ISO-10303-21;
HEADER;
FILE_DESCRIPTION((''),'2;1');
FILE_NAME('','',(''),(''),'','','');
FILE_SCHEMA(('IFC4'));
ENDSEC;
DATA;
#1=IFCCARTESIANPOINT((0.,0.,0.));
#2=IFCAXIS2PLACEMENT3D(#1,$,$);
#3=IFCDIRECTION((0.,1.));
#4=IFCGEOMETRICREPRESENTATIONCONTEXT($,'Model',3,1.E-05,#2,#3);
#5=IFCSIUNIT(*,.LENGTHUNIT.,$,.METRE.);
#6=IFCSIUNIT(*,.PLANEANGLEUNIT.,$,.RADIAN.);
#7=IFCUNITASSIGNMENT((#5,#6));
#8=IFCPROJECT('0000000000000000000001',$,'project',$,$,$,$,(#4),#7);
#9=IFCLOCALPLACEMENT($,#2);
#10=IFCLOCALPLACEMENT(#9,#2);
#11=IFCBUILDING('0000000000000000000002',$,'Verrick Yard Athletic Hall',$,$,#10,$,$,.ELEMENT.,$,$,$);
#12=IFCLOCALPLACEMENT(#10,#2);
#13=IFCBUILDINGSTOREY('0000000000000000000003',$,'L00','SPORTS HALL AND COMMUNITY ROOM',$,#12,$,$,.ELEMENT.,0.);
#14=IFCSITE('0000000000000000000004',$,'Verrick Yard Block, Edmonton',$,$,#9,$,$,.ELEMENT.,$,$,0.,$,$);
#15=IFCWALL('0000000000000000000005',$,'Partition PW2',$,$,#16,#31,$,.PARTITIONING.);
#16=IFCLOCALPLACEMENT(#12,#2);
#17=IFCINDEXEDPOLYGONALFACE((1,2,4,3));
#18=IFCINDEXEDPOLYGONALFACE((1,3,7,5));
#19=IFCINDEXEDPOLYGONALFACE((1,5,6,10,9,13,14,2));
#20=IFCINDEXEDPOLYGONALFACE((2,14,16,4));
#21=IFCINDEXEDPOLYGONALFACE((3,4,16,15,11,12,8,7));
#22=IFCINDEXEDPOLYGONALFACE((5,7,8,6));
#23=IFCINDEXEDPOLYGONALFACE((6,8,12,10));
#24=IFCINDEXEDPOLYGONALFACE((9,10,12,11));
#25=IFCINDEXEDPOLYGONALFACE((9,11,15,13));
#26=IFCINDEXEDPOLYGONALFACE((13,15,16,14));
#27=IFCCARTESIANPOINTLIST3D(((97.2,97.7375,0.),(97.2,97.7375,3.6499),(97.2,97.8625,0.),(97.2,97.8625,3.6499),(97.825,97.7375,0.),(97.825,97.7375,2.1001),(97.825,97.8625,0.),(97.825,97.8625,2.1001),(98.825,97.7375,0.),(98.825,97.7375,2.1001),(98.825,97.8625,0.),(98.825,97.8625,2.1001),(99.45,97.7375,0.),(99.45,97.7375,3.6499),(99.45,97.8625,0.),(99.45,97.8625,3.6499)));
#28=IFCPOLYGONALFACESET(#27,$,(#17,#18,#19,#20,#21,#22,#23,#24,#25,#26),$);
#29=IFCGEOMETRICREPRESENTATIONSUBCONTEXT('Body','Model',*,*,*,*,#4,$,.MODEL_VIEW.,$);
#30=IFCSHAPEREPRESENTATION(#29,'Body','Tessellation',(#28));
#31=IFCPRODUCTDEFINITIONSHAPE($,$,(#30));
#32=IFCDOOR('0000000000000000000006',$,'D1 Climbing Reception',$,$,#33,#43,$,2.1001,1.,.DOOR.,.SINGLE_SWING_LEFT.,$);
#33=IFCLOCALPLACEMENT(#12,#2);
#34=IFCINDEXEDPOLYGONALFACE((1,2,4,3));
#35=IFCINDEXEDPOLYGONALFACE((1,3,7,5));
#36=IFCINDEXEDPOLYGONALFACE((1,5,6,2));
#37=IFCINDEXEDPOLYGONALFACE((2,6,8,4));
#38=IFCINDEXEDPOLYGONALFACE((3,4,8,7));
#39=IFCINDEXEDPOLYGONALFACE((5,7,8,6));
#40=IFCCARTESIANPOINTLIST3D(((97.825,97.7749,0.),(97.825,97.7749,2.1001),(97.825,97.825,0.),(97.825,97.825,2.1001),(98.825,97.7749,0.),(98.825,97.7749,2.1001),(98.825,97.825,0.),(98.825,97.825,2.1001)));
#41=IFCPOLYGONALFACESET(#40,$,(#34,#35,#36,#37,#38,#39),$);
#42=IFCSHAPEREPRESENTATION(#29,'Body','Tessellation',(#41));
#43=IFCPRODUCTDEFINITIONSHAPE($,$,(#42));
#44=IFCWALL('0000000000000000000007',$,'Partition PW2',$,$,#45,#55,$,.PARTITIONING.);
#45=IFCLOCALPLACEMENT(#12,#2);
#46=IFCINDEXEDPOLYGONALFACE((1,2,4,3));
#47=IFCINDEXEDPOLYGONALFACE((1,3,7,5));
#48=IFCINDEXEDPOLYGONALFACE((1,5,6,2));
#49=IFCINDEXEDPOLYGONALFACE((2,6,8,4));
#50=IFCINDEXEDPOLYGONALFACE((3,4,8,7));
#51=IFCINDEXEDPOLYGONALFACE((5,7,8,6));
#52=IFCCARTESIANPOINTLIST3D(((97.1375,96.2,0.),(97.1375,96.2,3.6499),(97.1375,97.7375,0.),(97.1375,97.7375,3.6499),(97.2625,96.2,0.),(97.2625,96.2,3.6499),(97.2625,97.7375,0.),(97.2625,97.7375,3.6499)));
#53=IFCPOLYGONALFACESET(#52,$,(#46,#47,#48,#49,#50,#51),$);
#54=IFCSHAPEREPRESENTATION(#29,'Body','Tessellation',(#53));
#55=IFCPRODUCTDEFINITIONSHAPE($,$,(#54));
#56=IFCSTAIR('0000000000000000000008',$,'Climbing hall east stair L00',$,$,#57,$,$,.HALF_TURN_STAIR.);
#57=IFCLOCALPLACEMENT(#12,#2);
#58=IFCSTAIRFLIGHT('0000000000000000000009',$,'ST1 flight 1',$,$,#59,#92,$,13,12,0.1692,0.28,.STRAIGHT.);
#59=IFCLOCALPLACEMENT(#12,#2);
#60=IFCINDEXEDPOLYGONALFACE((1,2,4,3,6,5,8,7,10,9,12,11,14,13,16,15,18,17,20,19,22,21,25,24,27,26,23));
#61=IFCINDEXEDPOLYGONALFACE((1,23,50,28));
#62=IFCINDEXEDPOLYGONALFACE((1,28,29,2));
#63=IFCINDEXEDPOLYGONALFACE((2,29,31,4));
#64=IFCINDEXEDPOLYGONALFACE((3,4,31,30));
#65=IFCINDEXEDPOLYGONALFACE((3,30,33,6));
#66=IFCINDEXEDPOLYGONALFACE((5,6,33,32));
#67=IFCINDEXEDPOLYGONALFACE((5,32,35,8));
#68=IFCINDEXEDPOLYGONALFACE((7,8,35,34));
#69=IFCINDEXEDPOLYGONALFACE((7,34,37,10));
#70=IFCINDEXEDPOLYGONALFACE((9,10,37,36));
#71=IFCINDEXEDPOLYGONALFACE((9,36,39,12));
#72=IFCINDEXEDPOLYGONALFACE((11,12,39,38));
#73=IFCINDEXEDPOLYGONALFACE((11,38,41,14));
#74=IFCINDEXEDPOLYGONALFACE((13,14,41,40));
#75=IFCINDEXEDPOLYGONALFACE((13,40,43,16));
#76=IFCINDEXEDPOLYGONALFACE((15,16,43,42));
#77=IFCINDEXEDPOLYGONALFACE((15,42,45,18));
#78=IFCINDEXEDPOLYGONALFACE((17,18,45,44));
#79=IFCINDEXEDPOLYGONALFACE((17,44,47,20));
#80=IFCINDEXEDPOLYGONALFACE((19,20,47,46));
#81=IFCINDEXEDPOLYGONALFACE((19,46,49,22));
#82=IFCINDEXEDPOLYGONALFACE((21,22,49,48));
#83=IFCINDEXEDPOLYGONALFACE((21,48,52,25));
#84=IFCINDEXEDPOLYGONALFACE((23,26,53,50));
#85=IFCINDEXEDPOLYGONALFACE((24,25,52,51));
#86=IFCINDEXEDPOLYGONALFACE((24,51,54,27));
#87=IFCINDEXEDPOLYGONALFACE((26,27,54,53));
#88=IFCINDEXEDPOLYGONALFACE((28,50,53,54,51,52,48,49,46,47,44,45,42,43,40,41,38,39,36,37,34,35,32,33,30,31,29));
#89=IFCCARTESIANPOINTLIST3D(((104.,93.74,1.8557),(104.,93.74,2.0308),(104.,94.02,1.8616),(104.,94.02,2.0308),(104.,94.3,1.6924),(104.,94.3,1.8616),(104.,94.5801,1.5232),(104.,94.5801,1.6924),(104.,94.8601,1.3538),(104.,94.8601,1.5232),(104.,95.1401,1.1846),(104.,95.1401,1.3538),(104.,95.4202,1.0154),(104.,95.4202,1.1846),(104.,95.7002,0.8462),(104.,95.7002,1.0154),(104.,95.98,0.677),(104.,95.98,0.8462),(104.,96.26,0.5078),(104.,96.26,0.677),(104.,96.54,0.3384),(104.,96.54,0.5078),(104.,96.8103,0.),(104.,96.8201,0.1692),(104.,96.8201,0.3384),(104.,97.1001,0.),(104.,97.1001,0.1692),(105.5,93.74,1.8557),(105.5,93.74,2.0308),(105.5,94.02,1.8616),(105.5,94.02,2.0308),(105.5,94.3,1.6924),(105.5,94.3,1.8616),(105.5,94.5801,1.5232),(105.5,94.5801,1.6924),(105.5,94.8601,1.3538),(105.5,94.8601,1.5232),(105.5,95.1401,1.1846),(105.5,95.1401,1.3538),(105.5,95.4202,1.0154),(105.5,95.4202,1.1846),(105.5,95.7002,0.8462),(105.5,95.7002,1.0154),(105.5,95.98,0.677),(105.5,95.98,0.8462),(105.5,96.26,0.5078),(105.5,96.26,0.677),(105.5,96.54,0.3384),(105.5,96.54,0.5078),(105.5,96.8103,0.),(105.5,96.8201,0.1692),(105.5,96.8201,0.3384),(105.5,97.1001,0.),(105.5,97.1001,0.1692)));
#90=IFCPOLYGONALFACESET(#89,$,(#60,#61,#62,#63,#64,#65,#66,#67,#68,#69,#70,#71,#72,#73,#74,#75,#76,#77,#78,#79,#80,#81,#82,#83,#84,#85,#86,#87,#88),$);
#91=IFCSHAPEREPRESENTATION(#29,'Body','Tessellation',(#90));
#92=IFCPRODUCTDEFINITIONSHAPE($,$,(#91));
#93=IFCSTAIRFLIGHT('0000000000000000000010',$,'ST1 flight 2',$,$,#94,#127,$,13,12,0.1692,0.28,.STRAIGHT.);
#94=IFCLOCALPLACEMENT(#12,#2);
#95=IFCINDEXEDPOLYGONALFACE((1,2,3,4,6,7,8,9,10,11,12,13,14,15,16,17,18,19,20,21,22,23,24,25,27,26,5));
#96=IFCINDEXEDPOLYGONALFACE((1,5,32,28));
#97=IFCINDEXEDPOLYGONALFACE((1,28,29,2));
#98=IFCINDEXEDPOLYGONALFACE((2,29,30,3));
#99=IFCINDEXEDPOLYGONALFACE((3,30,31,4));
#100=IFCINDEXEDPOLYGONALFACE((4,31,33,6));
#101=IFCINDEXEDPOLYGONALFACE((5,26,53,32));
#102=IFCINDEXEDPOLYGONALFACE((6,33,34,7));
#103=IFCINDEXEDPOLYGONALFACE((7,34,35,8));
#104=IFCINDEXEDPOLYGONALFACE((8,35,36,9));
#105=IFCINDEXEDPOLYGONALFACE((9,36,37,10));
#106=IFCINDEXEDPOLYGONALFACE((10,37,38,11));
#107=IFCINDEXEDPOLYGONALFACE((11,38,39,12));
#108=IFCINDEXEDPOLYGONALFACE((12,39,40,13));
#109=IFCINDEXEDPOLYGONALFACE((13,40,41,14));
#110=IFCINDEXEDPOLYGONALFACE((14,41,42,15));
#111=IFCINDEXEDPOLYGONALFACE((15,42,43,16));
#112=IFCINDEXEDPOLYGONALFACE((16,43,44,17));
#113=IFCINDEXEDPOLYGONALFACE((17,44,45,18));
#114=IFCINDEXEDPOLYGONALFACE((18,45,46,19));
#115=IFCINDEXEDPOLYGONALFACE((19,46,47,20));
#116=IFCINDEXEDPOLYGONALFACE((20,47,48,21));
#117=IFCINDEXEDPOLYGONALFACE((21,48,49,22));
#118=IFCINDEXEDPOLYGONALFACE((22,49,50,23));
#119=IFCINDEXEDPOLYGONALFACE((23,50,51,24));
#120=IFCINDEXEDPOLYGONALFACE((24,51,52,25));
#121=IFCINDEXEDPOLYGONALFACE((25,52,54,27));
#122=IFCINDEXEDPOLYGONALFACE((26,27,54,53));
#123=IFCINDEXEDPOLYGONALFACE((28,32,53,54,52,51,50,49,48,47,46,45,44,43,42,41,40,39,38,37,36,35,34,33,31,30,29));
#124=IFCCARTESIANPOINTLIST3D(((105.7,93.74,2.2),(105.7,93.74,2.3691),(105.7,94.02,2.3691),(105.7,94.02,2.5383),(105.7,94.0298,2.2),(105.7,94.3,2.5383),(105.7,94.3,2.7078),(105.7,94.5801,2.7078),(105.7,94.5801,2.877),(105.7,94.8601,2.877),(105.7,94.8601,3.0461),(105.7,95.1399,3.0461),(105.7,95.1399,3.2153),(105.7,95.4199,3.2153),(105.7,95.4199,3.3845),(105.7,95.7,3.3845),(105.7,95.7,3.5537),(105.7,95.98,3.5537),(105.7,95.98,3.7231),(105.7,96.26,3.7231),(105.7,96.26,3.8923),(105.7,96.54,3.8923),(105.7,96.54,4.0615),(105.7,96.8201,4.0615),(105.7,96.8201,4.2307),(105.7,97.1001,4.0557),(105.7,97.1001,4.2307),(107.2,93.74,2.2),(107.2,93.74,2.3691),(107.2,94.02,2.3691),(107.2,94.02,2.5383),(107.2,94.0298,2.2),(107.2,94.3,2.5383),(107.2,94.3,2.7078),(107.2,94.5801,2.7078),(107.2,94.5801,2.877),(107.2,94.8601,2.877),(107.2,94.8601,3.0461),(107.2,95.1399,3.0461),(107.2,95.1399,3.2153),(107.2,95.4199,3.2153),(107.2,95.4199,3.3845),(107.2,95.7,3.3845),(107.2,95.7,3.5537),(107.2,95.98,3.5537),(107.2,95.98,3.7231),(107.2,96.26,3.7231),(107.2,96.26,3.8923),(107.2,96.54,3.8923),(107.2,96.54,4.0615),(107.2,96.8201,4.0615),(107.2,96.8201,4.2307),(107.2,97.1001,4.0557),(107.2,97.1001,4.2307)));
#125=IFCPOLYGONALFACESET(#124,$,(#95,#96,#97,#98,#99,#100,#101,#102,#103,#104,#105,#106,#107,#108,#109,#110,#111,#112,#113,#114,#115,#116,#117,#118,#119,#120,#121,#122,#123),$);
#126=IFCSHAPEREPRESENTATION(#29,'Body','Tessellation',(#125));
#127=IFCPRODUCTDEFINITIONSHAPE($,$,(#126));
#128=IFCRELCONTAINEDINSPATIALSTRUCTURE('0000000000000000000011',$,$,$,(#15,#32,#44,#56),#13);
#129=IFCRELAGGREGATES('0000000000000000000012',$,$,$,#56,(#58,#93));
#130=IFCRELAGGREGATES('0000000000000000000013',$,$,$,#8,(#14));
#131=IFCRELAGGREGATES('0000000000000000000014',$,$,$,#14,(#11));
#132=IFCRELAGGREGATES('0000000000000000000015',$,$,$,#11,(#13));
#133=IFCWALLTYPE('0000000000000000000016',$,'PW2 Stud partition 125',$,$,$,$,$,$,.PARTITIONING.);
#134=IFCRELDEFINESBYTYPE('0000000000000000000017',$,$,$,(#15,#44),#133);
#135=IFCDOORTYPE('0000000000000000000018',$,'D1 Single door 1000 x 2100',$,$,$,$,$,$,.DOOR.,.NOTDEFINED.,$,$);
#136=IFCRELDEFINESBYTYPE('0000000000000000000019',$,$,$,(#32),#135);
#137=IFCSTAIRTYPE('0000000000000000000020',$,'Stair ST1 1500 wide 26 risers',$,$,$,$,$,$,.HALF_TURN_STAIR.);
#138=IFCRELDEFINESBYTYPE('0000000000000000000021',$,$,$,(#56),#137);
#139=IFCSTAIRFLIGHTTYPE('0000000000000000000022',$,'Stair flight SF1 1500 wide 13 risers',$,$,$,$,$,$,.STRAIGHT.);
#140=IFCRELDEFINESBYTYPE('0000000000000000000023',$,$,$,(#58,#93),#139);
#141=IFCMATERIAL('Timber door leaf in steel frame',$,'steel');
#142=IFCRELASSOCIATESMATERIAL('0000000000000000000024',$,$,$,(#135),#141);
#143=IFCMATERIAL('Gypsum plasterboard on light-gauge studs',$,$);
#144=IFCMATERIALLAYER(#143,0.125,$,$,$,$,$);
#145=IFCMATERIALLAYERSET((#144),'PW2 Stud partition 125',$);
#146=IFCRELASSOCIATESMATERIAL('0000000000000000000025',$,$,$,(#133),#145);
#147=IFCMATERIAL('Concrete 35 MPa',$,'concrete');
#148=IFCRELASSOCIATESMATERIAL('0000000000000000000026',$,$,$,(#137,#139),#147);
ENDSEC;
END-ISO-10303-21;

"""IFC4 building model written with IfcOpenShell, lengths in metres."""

from ifc_helpers import new_model, si_unit, direction, frame, frame_2d, origin, place, context, subcontext, project, spatial, polyline, rectangle, outline, extrude, material, layer, layer_set, type_object, element, fill, aggregate, save


model = new_model("IFC4")

# Units and contexts
model_context = context("Model", 3, precision=1e-05, world=origin(), true_north=direction((0.0, 1.0)))
body_context = subcontext(model_context, "Body", "Model", "MODEL_VIEW")
ifc_project = project(units=[si_unit("LENGTHUNIT", "METRE"), si_unit("PLANEANGLEUNIT", "RADIAN")], contexts=[model_context])

# Site, building, storey
site_placement = place(None, origin())
site = spatial("IfcSite", under=ifc_project, at=site_placement, Name="Verrick Yard Block, Edmonton", CompositionType="ELEMENT", RefElevation=0.0)
building_placement = place(site_placement, origin())
building = spatial("IfcBuilding", under=site, at=building_placement, Name="Verrick Yard Athletic Hall", CompositionType="ELEMENT")
storey_placement = place(building_placement, origin())
storey = spatial("IfcBuildingStorey", under=building, at=storey_placement, Name="L00", Description="SPORTS HALL AND COMMUNITY ROOM", CompositionType="ELEMENT", Elevation=0.0)

# Shared definitions
ifc_material_1 = material(Name="Concrete 35 MPa", Category="concrete")

# Shared definitions
ifc_material_2 = material(Name="Timber door leaf in steel frame", Category="steel")
door_type_1 = type_object("IfcDoorType", Name="D1 Single door 1000 x 2100", OperationType="NOTDEFINED", PredefinedType="DOOR", material=ifc_material_2)

# Wall, opening, door
ifc_material_3 = material(Name="Gypsum plasterboard on light-gauge studs")
ifc_layer_1 = layer(ifc_material_3, 0.125)
ifc_layer_set_1 = layer_set([ifc_layer_1], Name="PW2 Stud partition 125")
wall_type_1 = type_object("IfcWallType", Name="PW2 Stud partition 125", PredefinedType="PARTITIONING", material=ifc_layer_set_1)
wall_1_placement = place(storey_placement, frame((97.2, 97.8, 0.0), z_axis=(0.0, 0.0, 1.0), x_axis=(1.0, 0.0, 0.0)))
wall_1 = element("IfcWall", 1, at=wall_1_placement, inside=storey, type_object=wall_type_1, Name="Partition PW2", PredefinedType="PARTITIONING", context=body_context, shape_type="SweptSolid", body=[
    extrude(rectangle(XDim=2.25, YDim=0.125, at=frame_2d((1.125, 0.0))), origin(), (0.0, 0.0, 1.0), 3.6499),
])
opening_1_placement = place(wall_1_placement, frame((0.625, 0.0, 0.0)))
opening_1 = element("IfcOpeningElement", 2, at=opening_1_placement, cuts=wall_1, PredefinedType="OPENING", context=body_context, shape_type="SweptSolid", body=[
    extrude(rectangle(XDim=1.0, YDim=2.1001, at=frame_2d((0.5, 1.05))), frame((0.0, 0.0725, 0.0), z_axis=(0.0, -1.0, 0.0), x_axis=(1.0, 0.0, 0.0)), (0.0, 0.0, 1.0), 0.145),
])
door_1_placement = place(opening_1_placement, origin())
door_1 = element("IfcDoor", 3, at=door_1_placement, inside=storey, type_object=door_type_1, Name="D1 Climbing Reception", OperationType="SINGLE_SWING_LEFT", OverallHeight=2.1001, OverallWidth=1.0, PredefinedType="DOOR", context=body_context, shape_type="SweptSolid", body=[
    extrude(rectangle(XDim=1.0, YDim=2.1001, at=frame_2d((0.5, 1.05))), frame((0.0, 0.0249, 0.0), z_axis=(0.0, -1.0, 0.0), x_axis=(1.0, 0.0, 0.0)), (0.0, 0.0, 1.0), 0.05),
])
fill(opening_1, door_1)

# Wall
wall_2_placement = place(storey_placement, frame((97.2, 96.2, 0.0), z_axis=(0.0, 0.0, 1.0), x_axis=(0.0, 1.0, 0.0)))
element("IfcWall", 4, at=wall_2_placement, inside=storey, type_object=wall_type_1, Name="Partition PW2", PredefinedType="PARTITIONING", context=body_context, shape_type="SweptSolid", body=[
    extrude(rectangle(XDim=1.5376, YDim=0.125, at=frame_2d((0.7688, 0.0))), origin(), (0.0, 0.0, 1.0), 3.6499),
])

# Stair, stair flights
stair_type = type_object("IfcStairType", Name="Stair ST1 1500 wide 26 risers", PredefinedType="HALF_TURN_STAIR", material=ifc_material_1)
stair_placement = place(storey_placement, origin())
stair = element("IfcStair", 5, at=stair_placement, inside=storey, type_object=stair_type, Name="Climbing hall east stair L00", PredefinedType="HALF_TURN_STAIR")
stair_flight_type = type_object("IfcStairFlightType", Name="Stair flight SF1 1500 wide 13 risers", PredefinedType="STRAIGHT", material=ifc_material_1)
stair_flight_1_placement = place(storey_placement, frame((104.75, 97.1001, 0.0), z_axis=(0.0, 0.0, 1.0), x_axis=(0.0, -1.0, 0.0)))
stair_flight_1 = element("IfcStairFlight", 6, at=stair_flight_1_placement, type_object=stair_flight_type, Name="ST1 flight 1", NumberOfRisers=13, NumberOfTreads=12, PredefinedType="STRAIGHT", RiserHeight=0.1692, TreadLength=0.28, context=body_context, shape_type="SweptSolid", body=[
    extrude(outline(polyline([(0.0, 0.0), (0.0, 0.1692), (0.28, 0.1692), (0.28, 0.3384), (0.5601, 0.3384), (0.5601, 0.5078), (0.8401, 0.5078), (0.8401, 0.677), (1.1201, 0.677), (1.1201, 0.8462), (1.3999, 0.8462), (1.3999, 1.0154), (1.6799, 1.0154), (1.6799, 1.1846), (1.96, 1.1846), (1.96, 1.3538), (2.24, 1.3538), (2.24, 1.5232), (2.52, 1.5232), (2.52, 1.6924), (2.8, 1.6924), (2.8, 1.8616), (3.0801, 1.8616), (3.0801, 2.0308), (3.3601, 2.0308), (3.3601, 2.2), (3.3601, 1.8557), (0.2898, 0.0), (0.0, 0.0)])), frame((0.0, 0.75, 0.0), z_axis=(0.0, -1.0, 0.0), x_axis=(1.0, 0.0, 0.0)), (0.0, 0.0, 1.0), 1.5),
])
stair_flight_2_placement = place(storey_placement, frame((106.45, 93.74, 2.2), z_axis=(0.0, 0.0, 1.0), x_axis=(0.0, 1.0, 0.0)))
stair_flight_2 = element("IfcStairFlight", 7, at=stair_flight_2_placement, type_object=stair_flight_type, Name="ST1 flight 2", NumberOfRisers=13, NumberOfTreads=12, PredefinedType="STRAIGHT", RiserHeight=0.1692, TreadLength=0.28, context=body_context, shape_type="SweptSolid", body=[
    extrude(outline(polyline([(0.0, 0.0), (0.0, 0.1692), (0.28, 0.1692), (0.28, 0.3384), (0.5601, 0.3384), (0.5601, 0.5078), (0.8401, 0.5078), (0.8401, 0.677), (1.1201, 0.677), (1.1201, 0.8462), (1.3999, 0.8462), (1.3999, 1.0154), (1.6799, 1.0154), (1.6799, 1.1846), (1.96, 1.1846), (1.96, 1.3538), (2.24, 1.3538), (2.24, 1.5232), (2.52, 1.5232), (2.52, 1.6924), (2.8, 1.6924), (2.8, 1.8616), (3.0801, 1.8616), (3.0801, 2.0308), (3.3601, 2.0308), (3.3601, 2.2), (3.3601, 1.8557), (0.2898, 0.0), (0.0, 0.0)])), frame((0.0, 0.75, 0.0), z_axis=(0.0, -1.0, 0.0), x_axis=(1.0, 0.0, 0.0)), (0.0, 0.0, 1.0), 1.5),
])
aggregate(stair, [stair_flight_1, stair_flight_2])

save(model, "model.ifc")
